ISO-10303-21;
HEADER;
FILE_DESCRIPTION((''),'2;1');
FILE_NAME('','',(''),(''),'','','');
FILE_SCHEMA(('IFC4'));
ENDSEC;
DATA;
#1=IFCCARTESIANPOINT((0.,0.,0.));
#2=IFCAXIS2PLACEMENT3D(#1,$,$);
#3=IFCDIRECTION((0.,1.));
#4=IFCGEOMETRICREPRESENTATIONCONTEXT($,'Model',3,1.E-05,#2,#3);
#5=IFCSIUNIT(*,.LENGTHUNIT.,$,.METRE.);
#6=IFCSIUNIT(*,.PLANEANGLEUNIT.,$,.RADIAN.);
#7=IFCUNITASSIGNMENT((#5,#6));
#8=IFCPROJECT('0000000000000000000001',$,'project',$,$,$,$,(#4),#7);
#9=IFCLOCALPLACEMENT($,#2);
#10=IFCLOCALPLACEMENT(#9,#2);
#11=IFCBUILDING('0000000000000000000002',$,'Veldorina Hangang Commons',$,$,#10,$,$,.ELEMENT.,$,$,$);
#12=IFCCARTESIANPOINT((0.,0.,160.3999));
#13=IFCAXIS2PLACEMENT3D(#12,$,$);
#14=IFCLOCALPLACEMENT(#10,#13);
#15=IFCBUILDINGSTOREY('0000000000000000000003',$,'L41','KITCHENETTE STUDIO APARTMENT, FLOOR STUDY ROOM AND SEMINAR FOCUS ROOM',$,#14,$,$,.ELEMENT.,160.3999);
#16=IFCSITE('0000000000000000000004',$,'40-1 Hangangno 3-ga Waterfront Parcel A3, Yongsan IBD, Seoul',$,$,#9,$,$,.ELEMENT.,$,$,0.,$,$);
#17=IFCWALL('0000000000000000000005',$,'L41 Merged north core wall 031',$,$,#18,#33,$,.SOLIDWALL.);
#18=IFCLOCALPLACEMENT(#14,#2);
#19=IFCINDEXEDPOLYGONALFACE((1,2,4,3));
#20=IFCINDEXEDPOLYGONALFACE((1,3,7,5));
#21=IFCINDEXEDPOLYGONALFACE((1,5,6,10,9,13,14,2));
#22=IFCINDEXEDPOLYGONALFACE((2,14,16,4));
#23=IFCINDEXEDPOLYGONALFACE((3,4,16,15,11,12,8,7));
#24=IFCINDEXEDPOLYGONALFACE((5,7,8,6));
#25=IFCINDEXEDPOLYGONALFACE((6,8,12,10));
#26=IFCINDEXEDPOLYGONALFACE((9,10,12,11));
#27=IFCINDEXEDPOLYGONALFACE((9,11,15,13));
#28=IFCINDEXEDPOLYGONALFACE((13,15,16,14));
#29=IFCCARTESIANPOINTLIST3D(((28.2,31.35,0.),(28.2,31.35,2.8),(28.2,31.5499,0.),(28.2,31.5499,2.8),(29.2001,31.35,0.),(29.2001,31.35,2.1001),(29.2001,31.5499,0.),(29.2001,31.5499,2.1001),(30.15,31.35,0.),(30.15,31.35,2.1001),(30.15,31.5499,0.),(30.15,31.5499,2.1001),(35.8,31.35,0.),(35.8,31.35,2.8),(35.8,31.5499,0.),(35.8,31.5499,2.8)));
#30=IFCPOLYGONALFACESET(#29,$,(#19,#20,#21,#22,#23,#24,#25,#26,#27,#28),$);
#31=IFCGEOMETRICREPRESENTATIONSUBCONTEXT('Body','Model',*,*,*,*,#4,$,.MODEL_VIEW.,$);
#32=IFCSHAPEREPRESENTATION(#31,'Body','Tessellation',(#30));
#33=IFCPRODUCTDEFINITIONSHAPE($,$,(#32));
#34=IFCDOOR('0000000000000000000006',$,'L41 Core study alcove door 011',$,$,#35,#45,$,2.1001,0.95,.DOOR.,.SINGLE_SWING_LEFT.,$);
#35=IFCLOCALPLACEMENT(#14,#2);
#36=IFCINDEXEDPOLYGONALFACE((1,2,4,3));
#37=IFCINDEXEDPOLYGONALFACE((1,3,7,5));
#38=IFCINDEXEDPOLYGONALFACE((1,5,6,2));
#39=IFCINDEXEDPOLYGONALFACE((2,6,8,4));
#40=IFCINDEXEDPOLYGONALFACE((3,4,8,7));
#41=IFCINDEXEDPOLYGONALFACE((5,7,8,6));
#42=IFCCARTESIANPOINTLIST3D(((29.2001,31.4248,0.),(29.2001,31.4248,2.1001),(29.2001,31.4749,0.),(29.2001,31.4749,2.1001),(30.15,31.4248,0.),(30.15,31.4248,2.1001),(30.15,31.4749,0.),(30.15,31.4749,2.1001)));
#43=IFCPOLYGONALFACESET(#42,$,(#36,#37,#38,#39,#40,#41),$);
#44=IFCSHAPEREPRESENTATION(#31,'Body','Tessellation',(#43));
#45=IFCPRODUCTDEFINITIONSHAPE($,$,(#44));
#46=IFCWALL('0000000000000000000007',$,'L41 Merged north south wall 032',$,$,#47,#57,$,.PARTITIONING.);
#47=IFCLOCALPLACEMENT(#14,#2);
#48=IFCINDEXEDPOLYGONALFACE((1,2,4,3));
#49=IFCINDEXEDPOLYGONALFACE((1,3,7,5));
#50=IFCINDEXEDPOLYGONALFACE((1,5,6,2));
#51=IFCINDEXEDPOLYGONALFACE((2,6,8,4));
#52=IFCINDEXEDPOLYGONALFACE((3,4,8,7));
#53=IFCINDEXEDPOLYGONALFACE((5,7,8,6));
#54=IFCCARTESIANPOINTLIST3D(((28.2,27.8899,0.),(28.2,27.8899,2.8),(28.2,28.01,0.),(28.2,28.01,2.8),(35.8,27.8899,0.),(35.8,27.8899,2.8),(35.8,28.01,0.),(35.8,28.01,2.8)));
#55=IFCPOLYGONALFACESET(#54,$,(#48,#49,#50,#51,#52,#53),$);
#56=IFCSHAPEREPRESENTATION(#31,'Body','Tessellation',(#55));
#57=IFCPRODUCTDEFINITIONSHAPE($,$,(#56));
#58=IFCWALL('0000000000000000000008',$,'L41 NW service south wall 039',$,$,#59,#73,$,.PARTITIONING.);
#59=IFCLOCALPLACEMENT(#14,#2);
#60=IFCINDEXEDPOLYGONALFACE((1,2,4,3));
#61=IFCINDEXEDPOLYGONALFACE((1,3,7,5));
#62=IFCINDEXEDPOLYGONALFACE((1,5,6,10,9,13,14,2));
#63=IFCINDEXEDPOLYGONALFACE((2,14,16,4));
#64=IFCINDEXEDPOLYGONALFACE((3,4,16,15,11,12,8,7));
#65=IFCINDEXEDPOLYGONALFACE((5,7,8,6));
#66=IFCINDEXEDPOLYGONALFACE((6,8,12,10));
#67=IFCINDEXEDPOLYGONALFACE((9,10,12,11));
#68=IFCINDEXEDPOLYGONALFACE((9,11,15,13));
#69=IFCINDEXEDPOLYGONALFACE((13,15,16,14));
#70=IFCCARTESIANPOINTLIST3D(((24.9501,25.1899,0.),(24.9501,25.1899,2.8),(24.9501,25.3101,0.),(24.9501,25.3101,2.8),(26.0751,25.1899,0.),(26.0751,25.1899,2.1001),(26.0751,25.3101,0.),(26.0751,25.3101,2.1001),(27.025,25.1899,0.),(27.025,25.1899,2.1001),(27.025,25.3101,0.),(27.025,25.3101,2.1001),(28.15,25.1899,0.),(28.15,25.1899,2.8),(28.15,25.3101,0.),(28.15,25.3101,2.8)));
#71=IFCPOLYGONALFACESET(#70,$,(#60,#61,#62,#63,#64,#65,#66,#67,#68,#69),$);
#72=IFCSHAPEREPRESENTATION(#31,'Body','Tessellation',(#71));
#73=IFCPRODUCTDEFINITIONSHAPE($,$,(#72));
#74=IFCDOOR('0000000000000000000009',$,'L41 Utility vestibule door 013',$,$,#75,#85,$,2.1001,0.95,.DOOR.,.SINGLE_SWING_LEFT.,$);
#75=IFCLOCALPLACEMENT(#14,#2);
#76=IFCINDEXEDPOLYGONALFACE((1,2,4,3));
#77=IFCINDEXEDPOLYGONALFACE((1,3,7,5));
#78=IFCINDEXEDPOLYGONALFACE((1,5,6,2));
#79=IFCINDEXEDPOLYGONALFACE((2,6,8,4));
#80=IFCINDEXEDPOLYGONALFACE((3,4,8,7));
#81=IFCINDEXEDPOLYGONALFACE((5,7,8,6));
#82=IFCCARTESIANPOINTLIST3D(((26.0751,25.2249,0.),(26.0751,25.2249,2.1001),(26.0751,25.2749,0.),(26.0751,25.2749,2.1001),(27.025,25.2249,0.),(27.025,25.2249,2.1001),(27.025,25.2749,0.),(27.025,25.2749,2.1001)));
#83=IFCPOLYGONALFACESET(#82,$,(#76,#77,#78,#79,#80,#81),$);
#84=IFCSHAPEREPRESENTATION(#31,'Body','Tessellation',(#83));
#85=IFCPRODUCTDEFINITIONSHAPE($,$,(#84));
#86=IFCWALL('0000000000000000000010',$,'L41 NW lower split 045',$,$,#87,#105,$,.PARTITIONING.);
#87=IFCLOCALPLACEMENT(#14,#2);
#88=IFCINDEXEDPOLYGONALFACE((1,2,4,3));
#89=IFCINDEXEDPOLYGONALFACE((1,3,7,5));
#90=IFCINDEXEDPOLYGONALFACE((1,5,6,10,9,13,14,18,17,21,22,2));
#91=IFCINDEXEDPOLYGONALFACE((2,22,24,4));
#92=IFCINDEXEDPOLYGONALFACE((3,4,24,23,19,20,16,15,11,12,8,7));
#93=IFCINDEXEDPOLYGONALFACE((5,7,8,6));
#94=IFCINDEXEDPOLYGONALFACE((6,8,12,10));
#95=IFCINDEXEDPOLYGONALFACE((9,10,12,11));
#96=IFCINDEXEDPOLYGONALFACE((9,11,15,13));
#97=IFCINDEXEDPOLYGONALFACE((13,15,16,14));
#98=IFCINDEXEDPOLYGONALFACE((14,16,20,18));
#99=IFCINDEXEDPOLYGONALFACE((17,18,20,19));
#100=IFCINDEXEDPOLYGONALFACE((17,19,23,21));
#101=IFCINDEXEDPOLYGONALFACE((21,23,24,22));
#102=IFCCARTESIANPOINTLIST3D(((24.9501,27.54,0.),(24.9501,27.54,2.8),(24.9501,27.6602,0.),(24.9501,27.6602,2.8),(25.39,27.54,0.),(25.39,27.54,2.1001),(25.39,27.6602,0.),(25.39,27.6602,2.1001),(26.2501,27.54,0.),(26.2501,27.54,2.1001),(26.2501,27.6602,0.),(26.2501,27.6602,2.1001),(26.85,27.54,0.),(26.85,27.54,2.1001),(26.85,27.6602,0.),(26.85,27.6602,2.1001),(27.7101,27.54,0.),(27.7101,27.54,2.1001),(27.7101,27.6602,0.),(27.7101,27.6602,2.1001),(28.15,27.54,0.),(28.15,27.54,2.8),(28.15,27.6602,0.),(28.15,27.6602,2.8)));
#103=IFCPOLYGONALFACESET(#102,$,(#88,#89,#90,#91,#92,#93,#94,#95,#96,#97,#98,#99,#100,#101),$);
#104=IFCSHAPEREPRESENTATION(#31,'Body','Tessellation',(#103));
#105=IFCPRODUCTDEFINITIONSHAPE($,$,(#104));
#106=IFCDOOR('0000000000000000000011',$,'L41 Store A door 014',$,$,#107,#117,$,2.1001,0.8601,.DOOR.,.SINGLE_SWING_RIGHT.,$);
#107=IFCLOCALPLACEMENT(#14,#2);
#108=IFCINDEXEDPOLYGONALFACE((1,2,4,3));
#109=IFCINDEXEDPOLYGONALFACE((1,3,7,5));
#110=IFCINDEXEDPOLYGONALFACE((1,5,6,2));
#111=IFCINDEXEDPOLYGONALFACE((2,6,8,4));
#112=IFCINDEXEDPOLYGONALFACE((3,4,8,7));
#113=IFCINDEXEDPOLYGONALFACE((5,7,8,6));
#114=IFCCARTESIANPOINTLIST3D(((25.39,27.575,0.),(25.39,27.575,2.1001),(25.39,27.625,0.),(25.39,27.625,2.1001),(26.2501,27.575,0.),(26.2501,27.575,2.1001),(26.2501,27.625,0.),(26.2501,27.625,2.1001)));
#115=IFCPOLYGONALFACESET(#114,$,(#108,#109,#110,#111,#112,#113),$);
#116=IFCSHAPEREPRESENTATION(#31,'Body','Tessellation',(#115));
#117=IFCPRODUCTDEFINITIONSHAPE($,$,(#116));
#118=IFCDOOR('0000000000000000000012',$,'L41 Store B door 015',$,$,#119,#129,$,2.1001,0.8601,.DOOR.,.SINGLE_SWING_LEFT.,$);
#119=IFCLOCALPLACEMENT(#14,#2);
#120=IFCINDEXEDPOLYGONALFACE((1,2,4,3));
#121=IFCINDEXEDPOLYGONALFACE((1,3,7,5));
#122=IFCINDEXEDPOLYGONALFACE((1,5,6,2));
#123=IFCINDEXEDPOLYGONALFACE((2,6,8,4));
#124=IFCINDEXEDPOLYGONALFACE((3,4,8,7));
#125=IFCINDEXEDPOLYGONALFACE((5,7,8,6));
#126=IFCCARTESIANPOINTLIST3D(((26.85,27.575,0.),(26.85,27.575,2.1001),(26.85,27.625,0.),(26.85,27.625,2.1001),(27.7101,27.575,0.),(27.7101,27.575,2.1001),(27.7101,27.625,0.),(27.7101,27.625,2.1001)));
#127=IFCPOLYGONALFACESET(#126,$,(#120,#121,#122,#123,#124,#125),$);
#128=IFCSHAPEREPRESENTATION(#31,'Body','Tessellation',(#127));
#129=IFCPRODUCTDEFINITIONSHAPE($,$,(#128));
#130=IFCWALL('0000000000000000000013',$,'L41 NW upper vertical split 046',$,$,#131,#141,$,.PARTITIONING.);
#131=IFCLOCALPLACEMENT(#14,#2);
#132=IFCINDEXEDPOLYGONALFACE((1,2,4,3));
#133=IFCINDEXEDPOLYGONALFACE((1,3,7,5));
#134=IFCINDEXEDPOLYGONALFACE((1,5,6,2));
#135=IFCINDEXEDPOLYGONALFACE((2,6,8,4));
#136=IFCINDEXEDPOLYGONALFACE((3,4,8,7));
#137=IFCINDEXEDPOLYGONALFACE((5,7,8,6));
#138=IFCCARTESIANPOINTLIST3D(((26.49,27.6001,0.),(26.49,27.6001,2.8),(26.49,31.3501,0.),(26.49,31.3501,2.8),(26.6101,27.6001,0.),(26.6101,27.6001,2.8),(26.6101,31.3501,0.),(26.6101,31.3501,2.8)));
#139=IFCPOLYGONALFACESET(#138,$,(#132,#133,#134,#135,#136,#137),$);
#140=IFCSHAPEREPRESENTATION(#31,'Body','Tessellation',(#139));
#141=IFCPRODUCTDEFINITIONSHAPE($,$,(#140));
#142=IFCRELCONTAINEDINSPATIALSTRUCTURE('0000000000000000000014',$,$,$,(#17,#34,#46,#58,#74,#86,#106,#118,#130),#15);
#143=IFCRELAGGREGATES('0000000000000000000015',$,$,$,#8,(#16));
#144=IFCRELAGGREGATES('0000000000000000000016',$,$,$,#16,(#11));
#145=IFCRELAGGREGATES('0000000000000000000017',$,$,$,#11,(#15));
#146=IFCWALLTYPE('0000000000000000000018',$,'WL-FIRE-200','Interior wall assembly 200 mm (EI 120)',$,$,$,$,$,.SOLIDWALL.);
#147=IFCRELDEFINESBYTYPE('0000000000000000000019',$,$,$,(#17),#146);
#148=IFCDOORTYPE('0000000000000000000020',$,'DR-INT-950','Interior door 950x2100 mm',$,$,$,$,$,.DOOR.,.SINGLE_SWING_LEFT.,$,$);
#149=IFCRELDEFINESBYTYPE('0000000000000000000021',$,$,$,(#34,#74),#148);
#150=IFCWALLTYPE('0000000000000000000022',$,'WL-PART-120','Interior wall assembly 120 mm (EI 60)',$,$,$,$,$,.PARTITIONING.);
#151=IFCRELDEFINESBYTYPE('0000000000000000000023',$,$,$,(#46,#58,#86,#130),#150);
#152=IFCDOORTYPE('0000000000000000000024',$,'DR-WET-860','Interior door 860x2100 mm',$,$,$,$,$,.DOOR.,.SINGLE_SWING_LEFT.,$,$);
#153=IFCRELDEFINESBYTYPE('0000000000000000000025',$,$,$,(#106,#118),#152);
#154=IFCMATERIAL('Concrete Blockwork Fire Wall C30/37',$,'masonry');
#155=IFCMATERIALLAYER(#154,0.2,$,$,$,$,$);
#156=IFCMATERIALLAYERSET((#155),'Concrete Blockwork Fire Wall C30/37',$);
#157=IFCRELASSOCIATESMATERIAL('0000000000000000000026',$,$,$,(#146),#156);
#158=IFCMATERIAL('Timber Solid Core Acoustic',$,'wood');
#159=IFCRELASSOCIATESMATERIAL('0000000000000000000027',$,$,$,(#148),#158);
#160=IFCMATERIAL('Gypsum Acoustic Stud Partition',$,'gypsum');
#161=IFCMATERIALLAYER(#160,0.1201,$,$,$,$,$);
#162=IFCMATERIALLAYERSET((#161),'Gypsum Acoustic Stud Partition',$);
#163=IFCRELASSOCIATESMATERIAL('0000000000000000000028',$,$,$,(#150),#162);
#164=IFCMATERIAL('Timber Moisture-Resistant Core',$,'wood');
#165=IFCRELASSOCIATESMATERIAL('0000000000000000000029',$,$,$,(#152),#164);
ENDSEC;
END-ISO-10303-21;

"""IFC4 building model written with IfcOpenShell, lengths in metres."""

from ifc_helpers import new_model, si_unit, direction, frame, frame_2d, origin, place, context, subcontext, project, spatial, rectangle, extrude, material, layer, layer_set, type_object, element, fill, save


model = new_model("IFC4")

# Units and contexts
model_context = context("Model", 3, precision=1e-05, world=origin(), true_north=direction((0.0, 1.0)))
body_context = subcontext(model_context, "Body", "Model", "MODEL_VIEW")
ifc_project = project(units=[si_unit("LENGTHUNIT", "METRE"), si_unit("PLANEANGLEUNIT", "RADIAN")], contexts=[model_context])

# Site, building, storey
site_placement = place(None, origin())
site = spatial("IfcSite", under=ifc_project, at=site_placement, Name="40-1 Hangangno 3-ga Waterfront Parcel A3, Yongsan IBD, Seoul", CompositionType="ELEMENT", RefElevation=0.0)
building_placement = place(site_placement, origin())
building = spatial("IfcBuilding", under=site, at=building_placement, Name="Veldorina Hangang Commons", CompositionType="ELEMENT")
storey_placement = place(building_placement, frame((0.0, 0.0, 160.3999)))
storey = spatial("IfcBuildingStorey", under=building, at=storey_placement, Name="L41", Description="KITCHENETTE STUDIO APARTMENT, FLOOR STUDY ROOM AND SEMINAR FOCUS ROOM", CompositionType="ELEMENT", Elevation=160.3999)

# Shared definitions
ifc_material_1 = material(Name="Concrete Blockwork Fire Wall C30/37", Category="masonry")
ifc_layer_1 = layer(ifc_material_1, 0.2)
ifc_layer_set_1 = layer_set([ifc_layer_1], Name="Concrete Blockwork Fire Wall C30/37")
wall_type_1 = type_object("IfcWallType", Name="WL-FIRE-200", Description="Interior wall assembly 200 mm (EI 120)", PredefinedType="SOLIDWALL", material=ifc_layer_set_1)

# Wall, opening, door
wall_1_placement = place(storey_placement, frame((28.2, 31.45, 0.0), z_axis=(0.0, 0.0, 1.0), x_axis=(1.0, 0.0, 0.0)))
wall_1 = element("IfcWall", 1, at=wall_1_placement, inside=storey, type_object=wall_type_1, Name="L41 Merged north core wall 031", PredefinedType="SOLIDWALL", context=body_context, shape_type="SweptSolid", body=[
    extrude(rectangle(XDim=7.6001, YDim=0.2, at=frame_2d((3.8, 0.0))), origin(), (0.0, 0.0, 1.0), 2.8),
])
opening_1_placement = place(wall_1_placement, frame((1.0, 0.0, 0.0)))
opening_1 = element("IfcOpeningElement", 2, at=opening_1_placement, cuts=wall_1, PredefinedType="OPENING", context=body_context, shape_type="SweptSolid", body=[
    extrude(rectangle(XDim=0.95, YDim=2.1001, at=frame_2d((0.4751, 1.05))), frame((0.0, 0.1099, 0.0), z_axis=(0.0, -1.0, 0.0), x_axis=(1.0, 0.0, 0.0)), (0.0, 0.0, 1.0), 0.22),
])
ifc_material_2 = material(Name="Timber Solid Core Acoustic", Category="wood")
door_type_1 = type_object("IfcDoorType", Name="DR-INT-950", Description="Interior door 950x2100 mm", OperationType="SINGLE_SWING_LEFT", PredefinedType="DOOR", material=ifc_material_2)
door_1_placement = place(opening_1_placement, origin())
door_1 = element("IfcDoor", 3, at=door_1_placement, inside=storey, type_object=door_type_1, Name="L41 Core study alcove door 011", OperationType="SINGLE_SWING_LEFT", OverallHeight=2.1001, OverallWidth=0.95, PredefinedType="DOOR", context=body_context, shape_type="SweptSolid", body=[
    extrude(rectangle(XDim=0.95, YDim=2.1001, at=frame_2d((0.4751, 1.05))), frame((0.0, 0.0249, 0.0), z_axis=(0.0, -1.0, 0.0), x_axis=(1.0, 0.0, 0.0)), (0.0, 0.0, 1.0), 0.05),
])
fill(opening_1, door_1)

# Wall
ifc_material_3 = material(Name="Gypsum Acoustic Stud Partition", Category="gypsum")
ifc_layer_2 = layer(ifc_material_3, 0.1201)
ifc_layer_set_2 = layer_set([ifc_layer_2], Name="Gypsum Acoustic Stud Partition")
wall_type_2 = type_object("IfcWallType", Name="WL-PART-120", Description="Interior wall assembly 120 mm (EI 60)", PredefinedType="PARTITIONING", material=ifc_layer_set_2)
wall_2_placement = place(storey_placement, frame((28.2, 27.95, 0.0), z_axis=(0.0, 0.0, 1.0), x_axis=(1.0, 0.0, 0.0)))
element("IfcWall", 4, at=wall_2_placement, inside=storey, type_object=wall_type_2, Name="L41 Merged north south wall 032", PredefinedType="PARTITIONING", context=body_context, shape_type="SweptSolid", body=[
    extrude(rectangle(XDim=7.6001, YDim=0.1201, at=frame_2d((3.8, 0.0))), origin(), (0.0, 0.0, 1.0), 2.8),
])

# Wall, opening, door
wall_3_placement = place(storey_placement, frame((24.95, 25.25, 0.0), z_axis=(0.0, 0.0, 1.0), x_axis=(1.0, 0.0, 0.0)))
wall_3 = element("IfcWall", 5, at=wall_3_placement, inside=storey, type_object=wall_type_2, Name="L41 NW service south wall 039", PredefinedType="PARTITIONING", context=body_context, shape_type="SweptSolid", body=[
    extrude(rectangle(XDim=3.2, YDim=0.1201, at=frame_2d((1.6001, 0.0))), origin(), (0.0, 0.0, 1.0), 2.8),
])
opening_2_placement = place(wall_3_placement, frame((1.125, 0.0, 0.0)))
opening_2 = element("IfcOpeningElement", 6, at=opening_2_placement, cuts=wall_3, PredefinedType="OPENING", context=body_context, shape_type="SweptSolid", body=[
    extrude(rectangle(XDim=0.95, YDim=2.1001, at=frame_2d((0.4751, 1.05))), frame((0.0, 0.0701, 0.0), z_axis=(0.0, -1.0, 0.0), x_axis=(1.0, 0.0, 0.0)), (0.0, 0.0, 1.0), 0.1401),
])
door_2_placement = place(opening_2_placement, origin())
door_2 = element("IfcDoor", 7, at=door_2_placement, inside=storey, type_object=door_type_1, Name="L41 Utility vestibule door 013", OperationType="SINGLE_SWING_LEFT", OverallHeight=2.1001, OverallWidth=0.95, PredefinedType="DOOR", context=body_context, shape_type="SweptSolid", body=[
    extrude(rectangle(XDim=0.95, YDim=2.1001, at=frame_2d((0.4751, 1.05))), frame((0.0, 0.0249, 0.0), z_axis=(0.0, -1.0, 0.0), x_axis=(1.0, 0.0, 0.0)), (0.0, 0.0, 1.0), 0.05),
])
fill(opening_2, door_2)

# Wall, openings, doors
wall_4_placement = place(storey_placement, frame((24.95, 27.6001, 0.0), z_axis=(0.0, 0.0, 1.0), x_axis=(1.0, 0.0, 0.0)))
wall_4 = element("IfcWall", 8, at=wall_4_placement, inside=storey, type_object=wall_type_2, Name="L41 NW lower split 045", PredefinedType="PARTITIONING", context=body_context, shape_type="SweptSolid", body=[
    extrude(rectangle(XDim=3.2, YDim=0.1201, at=frame_2d((1.6001, 0.0))), origin(), (0.0, 0.0, 1.0), 2.8),
])
opening_3_placement = place(wall_4_placement, frame((0.4399, 0.0, 0.0)))
opening_3 = element("IfcOpeningElement", 9, at=opening_3_placement, cuts=wall_4, PredefinedType="OPENING", context=body_context, shape_type="SweptSolid", body=[
    extrude(rectangle(XDim=0.8601, YDim=2.1001, at=frame_2d((0.4302, 1.05))), frame((0.0, 0.0701, 0.0), z_axis=(0.0, -1.0, 0.0), x_axis=(1.0, 0.0, 0.0)), (0.0, 0.0, 1.0), 0.1401),
])
opening_4_placement = place(wall_4_placement, frame((1.8999, 0.0, 0.0)))
opening_4 = element("IfcOpeningElement", 10, at=opening_4_placement, cuts=wall_4, PredefinedType="OPENING", context=body_context, shape_type="SweptSolid", body=[
    extrude(rectangle(XDim=0.8601, YDim=2.1001, at=frame_2d((0.4302, 1.05))), frame((0.0, 0.0701, 0.0), z_axis=(0.0, -1.0, 0.0), x_axis=(1.0, 0.0, 0.0)), (0.0, 0.0, 1.0), 0.1401),
])
ifc_material_4 = material(Name="Timber Moisture-Resistant Core", Category="wood")
door_type_2 = type_object("IfcDoorType", Name="DR-WET-860", Description="Interior door 860x2100 mm", OperationType="SINGLE_SWING_LEFT", PredefinedType="DOOR", material=ifc_material_4)
door_3_placement = place(opening_3_placement, origin())
door_3 = element("IfcDoor", 11, at=door_3_placement, inside=storey, type_object=door_type_2, Name="L41 Store A door 014", OperationType="SINGLE_SWING_RIGHT", OverallHeight=2.1001, OverallWidth=0.8601, PredefinedType="DOOR", context=body_context, shape_type="SweptSolid", body=[
    extrude(rectangle(XDim=0.8601, YDim=2.1001, at=frame_2d((0.4302, 1.05))), frame((0.0, 0.0249, 0.0), z_axis=(0.0, -1.0, 0.0), x_axis=(1.0, 0.0, 0.0)), (0.0, 0.0, 1.0), 0.05),
])
fill(opening_3, door_3)
door_4_placement = place(opening_4_placement, origin())
door_4 = element("IfcDoor", 12, at=door_4_placement, inside=storey, type_object=door_type_2, Name="L41 Store B door 015", OperationType="SINGLE_SWING_LEFT", OverallHeight=2.1001, OverallWidth=0.8601, PredefinedType="DOOR", context=body_context, shape_type="SweptSolid", body=[
    extrude(rectangle(XDim=0.8601, YDim=2.1001, at=frame_2d((0.4302, 1.05))), frame((0.0, 0.0249, 0.0), z_axis=(0.0, -1.0, 0.0), x_axis=(1.0, 0.0, 0.0)), (0.0, 0.0, 1.0), 0.05),
])
fill(opening_4, door_4)

# Wall
wall_5_placement = place(storey_placement, frame((26.55, 27.6001, 0.0), z_axis=(0.0, 0.0, 1.0), x_axis=(0.0, 1.0, 0.0)))
element("IfcWall", 13, at=wall_5_placement, inside=storey, type_object=wall_type_2, Name="L41 NW upper vertical split 046", PredefinedType="PARTITIONING", context=body_context, shape_type="SweptSolid", body=[
    extrude(rectangle(XDim=3.75, YDim=0.1201, at=frame_2d((1.875, 0.0))), origin(), (0.0, 0.0, 1.0), 2.8),
])

save(model, "model.ifc")
